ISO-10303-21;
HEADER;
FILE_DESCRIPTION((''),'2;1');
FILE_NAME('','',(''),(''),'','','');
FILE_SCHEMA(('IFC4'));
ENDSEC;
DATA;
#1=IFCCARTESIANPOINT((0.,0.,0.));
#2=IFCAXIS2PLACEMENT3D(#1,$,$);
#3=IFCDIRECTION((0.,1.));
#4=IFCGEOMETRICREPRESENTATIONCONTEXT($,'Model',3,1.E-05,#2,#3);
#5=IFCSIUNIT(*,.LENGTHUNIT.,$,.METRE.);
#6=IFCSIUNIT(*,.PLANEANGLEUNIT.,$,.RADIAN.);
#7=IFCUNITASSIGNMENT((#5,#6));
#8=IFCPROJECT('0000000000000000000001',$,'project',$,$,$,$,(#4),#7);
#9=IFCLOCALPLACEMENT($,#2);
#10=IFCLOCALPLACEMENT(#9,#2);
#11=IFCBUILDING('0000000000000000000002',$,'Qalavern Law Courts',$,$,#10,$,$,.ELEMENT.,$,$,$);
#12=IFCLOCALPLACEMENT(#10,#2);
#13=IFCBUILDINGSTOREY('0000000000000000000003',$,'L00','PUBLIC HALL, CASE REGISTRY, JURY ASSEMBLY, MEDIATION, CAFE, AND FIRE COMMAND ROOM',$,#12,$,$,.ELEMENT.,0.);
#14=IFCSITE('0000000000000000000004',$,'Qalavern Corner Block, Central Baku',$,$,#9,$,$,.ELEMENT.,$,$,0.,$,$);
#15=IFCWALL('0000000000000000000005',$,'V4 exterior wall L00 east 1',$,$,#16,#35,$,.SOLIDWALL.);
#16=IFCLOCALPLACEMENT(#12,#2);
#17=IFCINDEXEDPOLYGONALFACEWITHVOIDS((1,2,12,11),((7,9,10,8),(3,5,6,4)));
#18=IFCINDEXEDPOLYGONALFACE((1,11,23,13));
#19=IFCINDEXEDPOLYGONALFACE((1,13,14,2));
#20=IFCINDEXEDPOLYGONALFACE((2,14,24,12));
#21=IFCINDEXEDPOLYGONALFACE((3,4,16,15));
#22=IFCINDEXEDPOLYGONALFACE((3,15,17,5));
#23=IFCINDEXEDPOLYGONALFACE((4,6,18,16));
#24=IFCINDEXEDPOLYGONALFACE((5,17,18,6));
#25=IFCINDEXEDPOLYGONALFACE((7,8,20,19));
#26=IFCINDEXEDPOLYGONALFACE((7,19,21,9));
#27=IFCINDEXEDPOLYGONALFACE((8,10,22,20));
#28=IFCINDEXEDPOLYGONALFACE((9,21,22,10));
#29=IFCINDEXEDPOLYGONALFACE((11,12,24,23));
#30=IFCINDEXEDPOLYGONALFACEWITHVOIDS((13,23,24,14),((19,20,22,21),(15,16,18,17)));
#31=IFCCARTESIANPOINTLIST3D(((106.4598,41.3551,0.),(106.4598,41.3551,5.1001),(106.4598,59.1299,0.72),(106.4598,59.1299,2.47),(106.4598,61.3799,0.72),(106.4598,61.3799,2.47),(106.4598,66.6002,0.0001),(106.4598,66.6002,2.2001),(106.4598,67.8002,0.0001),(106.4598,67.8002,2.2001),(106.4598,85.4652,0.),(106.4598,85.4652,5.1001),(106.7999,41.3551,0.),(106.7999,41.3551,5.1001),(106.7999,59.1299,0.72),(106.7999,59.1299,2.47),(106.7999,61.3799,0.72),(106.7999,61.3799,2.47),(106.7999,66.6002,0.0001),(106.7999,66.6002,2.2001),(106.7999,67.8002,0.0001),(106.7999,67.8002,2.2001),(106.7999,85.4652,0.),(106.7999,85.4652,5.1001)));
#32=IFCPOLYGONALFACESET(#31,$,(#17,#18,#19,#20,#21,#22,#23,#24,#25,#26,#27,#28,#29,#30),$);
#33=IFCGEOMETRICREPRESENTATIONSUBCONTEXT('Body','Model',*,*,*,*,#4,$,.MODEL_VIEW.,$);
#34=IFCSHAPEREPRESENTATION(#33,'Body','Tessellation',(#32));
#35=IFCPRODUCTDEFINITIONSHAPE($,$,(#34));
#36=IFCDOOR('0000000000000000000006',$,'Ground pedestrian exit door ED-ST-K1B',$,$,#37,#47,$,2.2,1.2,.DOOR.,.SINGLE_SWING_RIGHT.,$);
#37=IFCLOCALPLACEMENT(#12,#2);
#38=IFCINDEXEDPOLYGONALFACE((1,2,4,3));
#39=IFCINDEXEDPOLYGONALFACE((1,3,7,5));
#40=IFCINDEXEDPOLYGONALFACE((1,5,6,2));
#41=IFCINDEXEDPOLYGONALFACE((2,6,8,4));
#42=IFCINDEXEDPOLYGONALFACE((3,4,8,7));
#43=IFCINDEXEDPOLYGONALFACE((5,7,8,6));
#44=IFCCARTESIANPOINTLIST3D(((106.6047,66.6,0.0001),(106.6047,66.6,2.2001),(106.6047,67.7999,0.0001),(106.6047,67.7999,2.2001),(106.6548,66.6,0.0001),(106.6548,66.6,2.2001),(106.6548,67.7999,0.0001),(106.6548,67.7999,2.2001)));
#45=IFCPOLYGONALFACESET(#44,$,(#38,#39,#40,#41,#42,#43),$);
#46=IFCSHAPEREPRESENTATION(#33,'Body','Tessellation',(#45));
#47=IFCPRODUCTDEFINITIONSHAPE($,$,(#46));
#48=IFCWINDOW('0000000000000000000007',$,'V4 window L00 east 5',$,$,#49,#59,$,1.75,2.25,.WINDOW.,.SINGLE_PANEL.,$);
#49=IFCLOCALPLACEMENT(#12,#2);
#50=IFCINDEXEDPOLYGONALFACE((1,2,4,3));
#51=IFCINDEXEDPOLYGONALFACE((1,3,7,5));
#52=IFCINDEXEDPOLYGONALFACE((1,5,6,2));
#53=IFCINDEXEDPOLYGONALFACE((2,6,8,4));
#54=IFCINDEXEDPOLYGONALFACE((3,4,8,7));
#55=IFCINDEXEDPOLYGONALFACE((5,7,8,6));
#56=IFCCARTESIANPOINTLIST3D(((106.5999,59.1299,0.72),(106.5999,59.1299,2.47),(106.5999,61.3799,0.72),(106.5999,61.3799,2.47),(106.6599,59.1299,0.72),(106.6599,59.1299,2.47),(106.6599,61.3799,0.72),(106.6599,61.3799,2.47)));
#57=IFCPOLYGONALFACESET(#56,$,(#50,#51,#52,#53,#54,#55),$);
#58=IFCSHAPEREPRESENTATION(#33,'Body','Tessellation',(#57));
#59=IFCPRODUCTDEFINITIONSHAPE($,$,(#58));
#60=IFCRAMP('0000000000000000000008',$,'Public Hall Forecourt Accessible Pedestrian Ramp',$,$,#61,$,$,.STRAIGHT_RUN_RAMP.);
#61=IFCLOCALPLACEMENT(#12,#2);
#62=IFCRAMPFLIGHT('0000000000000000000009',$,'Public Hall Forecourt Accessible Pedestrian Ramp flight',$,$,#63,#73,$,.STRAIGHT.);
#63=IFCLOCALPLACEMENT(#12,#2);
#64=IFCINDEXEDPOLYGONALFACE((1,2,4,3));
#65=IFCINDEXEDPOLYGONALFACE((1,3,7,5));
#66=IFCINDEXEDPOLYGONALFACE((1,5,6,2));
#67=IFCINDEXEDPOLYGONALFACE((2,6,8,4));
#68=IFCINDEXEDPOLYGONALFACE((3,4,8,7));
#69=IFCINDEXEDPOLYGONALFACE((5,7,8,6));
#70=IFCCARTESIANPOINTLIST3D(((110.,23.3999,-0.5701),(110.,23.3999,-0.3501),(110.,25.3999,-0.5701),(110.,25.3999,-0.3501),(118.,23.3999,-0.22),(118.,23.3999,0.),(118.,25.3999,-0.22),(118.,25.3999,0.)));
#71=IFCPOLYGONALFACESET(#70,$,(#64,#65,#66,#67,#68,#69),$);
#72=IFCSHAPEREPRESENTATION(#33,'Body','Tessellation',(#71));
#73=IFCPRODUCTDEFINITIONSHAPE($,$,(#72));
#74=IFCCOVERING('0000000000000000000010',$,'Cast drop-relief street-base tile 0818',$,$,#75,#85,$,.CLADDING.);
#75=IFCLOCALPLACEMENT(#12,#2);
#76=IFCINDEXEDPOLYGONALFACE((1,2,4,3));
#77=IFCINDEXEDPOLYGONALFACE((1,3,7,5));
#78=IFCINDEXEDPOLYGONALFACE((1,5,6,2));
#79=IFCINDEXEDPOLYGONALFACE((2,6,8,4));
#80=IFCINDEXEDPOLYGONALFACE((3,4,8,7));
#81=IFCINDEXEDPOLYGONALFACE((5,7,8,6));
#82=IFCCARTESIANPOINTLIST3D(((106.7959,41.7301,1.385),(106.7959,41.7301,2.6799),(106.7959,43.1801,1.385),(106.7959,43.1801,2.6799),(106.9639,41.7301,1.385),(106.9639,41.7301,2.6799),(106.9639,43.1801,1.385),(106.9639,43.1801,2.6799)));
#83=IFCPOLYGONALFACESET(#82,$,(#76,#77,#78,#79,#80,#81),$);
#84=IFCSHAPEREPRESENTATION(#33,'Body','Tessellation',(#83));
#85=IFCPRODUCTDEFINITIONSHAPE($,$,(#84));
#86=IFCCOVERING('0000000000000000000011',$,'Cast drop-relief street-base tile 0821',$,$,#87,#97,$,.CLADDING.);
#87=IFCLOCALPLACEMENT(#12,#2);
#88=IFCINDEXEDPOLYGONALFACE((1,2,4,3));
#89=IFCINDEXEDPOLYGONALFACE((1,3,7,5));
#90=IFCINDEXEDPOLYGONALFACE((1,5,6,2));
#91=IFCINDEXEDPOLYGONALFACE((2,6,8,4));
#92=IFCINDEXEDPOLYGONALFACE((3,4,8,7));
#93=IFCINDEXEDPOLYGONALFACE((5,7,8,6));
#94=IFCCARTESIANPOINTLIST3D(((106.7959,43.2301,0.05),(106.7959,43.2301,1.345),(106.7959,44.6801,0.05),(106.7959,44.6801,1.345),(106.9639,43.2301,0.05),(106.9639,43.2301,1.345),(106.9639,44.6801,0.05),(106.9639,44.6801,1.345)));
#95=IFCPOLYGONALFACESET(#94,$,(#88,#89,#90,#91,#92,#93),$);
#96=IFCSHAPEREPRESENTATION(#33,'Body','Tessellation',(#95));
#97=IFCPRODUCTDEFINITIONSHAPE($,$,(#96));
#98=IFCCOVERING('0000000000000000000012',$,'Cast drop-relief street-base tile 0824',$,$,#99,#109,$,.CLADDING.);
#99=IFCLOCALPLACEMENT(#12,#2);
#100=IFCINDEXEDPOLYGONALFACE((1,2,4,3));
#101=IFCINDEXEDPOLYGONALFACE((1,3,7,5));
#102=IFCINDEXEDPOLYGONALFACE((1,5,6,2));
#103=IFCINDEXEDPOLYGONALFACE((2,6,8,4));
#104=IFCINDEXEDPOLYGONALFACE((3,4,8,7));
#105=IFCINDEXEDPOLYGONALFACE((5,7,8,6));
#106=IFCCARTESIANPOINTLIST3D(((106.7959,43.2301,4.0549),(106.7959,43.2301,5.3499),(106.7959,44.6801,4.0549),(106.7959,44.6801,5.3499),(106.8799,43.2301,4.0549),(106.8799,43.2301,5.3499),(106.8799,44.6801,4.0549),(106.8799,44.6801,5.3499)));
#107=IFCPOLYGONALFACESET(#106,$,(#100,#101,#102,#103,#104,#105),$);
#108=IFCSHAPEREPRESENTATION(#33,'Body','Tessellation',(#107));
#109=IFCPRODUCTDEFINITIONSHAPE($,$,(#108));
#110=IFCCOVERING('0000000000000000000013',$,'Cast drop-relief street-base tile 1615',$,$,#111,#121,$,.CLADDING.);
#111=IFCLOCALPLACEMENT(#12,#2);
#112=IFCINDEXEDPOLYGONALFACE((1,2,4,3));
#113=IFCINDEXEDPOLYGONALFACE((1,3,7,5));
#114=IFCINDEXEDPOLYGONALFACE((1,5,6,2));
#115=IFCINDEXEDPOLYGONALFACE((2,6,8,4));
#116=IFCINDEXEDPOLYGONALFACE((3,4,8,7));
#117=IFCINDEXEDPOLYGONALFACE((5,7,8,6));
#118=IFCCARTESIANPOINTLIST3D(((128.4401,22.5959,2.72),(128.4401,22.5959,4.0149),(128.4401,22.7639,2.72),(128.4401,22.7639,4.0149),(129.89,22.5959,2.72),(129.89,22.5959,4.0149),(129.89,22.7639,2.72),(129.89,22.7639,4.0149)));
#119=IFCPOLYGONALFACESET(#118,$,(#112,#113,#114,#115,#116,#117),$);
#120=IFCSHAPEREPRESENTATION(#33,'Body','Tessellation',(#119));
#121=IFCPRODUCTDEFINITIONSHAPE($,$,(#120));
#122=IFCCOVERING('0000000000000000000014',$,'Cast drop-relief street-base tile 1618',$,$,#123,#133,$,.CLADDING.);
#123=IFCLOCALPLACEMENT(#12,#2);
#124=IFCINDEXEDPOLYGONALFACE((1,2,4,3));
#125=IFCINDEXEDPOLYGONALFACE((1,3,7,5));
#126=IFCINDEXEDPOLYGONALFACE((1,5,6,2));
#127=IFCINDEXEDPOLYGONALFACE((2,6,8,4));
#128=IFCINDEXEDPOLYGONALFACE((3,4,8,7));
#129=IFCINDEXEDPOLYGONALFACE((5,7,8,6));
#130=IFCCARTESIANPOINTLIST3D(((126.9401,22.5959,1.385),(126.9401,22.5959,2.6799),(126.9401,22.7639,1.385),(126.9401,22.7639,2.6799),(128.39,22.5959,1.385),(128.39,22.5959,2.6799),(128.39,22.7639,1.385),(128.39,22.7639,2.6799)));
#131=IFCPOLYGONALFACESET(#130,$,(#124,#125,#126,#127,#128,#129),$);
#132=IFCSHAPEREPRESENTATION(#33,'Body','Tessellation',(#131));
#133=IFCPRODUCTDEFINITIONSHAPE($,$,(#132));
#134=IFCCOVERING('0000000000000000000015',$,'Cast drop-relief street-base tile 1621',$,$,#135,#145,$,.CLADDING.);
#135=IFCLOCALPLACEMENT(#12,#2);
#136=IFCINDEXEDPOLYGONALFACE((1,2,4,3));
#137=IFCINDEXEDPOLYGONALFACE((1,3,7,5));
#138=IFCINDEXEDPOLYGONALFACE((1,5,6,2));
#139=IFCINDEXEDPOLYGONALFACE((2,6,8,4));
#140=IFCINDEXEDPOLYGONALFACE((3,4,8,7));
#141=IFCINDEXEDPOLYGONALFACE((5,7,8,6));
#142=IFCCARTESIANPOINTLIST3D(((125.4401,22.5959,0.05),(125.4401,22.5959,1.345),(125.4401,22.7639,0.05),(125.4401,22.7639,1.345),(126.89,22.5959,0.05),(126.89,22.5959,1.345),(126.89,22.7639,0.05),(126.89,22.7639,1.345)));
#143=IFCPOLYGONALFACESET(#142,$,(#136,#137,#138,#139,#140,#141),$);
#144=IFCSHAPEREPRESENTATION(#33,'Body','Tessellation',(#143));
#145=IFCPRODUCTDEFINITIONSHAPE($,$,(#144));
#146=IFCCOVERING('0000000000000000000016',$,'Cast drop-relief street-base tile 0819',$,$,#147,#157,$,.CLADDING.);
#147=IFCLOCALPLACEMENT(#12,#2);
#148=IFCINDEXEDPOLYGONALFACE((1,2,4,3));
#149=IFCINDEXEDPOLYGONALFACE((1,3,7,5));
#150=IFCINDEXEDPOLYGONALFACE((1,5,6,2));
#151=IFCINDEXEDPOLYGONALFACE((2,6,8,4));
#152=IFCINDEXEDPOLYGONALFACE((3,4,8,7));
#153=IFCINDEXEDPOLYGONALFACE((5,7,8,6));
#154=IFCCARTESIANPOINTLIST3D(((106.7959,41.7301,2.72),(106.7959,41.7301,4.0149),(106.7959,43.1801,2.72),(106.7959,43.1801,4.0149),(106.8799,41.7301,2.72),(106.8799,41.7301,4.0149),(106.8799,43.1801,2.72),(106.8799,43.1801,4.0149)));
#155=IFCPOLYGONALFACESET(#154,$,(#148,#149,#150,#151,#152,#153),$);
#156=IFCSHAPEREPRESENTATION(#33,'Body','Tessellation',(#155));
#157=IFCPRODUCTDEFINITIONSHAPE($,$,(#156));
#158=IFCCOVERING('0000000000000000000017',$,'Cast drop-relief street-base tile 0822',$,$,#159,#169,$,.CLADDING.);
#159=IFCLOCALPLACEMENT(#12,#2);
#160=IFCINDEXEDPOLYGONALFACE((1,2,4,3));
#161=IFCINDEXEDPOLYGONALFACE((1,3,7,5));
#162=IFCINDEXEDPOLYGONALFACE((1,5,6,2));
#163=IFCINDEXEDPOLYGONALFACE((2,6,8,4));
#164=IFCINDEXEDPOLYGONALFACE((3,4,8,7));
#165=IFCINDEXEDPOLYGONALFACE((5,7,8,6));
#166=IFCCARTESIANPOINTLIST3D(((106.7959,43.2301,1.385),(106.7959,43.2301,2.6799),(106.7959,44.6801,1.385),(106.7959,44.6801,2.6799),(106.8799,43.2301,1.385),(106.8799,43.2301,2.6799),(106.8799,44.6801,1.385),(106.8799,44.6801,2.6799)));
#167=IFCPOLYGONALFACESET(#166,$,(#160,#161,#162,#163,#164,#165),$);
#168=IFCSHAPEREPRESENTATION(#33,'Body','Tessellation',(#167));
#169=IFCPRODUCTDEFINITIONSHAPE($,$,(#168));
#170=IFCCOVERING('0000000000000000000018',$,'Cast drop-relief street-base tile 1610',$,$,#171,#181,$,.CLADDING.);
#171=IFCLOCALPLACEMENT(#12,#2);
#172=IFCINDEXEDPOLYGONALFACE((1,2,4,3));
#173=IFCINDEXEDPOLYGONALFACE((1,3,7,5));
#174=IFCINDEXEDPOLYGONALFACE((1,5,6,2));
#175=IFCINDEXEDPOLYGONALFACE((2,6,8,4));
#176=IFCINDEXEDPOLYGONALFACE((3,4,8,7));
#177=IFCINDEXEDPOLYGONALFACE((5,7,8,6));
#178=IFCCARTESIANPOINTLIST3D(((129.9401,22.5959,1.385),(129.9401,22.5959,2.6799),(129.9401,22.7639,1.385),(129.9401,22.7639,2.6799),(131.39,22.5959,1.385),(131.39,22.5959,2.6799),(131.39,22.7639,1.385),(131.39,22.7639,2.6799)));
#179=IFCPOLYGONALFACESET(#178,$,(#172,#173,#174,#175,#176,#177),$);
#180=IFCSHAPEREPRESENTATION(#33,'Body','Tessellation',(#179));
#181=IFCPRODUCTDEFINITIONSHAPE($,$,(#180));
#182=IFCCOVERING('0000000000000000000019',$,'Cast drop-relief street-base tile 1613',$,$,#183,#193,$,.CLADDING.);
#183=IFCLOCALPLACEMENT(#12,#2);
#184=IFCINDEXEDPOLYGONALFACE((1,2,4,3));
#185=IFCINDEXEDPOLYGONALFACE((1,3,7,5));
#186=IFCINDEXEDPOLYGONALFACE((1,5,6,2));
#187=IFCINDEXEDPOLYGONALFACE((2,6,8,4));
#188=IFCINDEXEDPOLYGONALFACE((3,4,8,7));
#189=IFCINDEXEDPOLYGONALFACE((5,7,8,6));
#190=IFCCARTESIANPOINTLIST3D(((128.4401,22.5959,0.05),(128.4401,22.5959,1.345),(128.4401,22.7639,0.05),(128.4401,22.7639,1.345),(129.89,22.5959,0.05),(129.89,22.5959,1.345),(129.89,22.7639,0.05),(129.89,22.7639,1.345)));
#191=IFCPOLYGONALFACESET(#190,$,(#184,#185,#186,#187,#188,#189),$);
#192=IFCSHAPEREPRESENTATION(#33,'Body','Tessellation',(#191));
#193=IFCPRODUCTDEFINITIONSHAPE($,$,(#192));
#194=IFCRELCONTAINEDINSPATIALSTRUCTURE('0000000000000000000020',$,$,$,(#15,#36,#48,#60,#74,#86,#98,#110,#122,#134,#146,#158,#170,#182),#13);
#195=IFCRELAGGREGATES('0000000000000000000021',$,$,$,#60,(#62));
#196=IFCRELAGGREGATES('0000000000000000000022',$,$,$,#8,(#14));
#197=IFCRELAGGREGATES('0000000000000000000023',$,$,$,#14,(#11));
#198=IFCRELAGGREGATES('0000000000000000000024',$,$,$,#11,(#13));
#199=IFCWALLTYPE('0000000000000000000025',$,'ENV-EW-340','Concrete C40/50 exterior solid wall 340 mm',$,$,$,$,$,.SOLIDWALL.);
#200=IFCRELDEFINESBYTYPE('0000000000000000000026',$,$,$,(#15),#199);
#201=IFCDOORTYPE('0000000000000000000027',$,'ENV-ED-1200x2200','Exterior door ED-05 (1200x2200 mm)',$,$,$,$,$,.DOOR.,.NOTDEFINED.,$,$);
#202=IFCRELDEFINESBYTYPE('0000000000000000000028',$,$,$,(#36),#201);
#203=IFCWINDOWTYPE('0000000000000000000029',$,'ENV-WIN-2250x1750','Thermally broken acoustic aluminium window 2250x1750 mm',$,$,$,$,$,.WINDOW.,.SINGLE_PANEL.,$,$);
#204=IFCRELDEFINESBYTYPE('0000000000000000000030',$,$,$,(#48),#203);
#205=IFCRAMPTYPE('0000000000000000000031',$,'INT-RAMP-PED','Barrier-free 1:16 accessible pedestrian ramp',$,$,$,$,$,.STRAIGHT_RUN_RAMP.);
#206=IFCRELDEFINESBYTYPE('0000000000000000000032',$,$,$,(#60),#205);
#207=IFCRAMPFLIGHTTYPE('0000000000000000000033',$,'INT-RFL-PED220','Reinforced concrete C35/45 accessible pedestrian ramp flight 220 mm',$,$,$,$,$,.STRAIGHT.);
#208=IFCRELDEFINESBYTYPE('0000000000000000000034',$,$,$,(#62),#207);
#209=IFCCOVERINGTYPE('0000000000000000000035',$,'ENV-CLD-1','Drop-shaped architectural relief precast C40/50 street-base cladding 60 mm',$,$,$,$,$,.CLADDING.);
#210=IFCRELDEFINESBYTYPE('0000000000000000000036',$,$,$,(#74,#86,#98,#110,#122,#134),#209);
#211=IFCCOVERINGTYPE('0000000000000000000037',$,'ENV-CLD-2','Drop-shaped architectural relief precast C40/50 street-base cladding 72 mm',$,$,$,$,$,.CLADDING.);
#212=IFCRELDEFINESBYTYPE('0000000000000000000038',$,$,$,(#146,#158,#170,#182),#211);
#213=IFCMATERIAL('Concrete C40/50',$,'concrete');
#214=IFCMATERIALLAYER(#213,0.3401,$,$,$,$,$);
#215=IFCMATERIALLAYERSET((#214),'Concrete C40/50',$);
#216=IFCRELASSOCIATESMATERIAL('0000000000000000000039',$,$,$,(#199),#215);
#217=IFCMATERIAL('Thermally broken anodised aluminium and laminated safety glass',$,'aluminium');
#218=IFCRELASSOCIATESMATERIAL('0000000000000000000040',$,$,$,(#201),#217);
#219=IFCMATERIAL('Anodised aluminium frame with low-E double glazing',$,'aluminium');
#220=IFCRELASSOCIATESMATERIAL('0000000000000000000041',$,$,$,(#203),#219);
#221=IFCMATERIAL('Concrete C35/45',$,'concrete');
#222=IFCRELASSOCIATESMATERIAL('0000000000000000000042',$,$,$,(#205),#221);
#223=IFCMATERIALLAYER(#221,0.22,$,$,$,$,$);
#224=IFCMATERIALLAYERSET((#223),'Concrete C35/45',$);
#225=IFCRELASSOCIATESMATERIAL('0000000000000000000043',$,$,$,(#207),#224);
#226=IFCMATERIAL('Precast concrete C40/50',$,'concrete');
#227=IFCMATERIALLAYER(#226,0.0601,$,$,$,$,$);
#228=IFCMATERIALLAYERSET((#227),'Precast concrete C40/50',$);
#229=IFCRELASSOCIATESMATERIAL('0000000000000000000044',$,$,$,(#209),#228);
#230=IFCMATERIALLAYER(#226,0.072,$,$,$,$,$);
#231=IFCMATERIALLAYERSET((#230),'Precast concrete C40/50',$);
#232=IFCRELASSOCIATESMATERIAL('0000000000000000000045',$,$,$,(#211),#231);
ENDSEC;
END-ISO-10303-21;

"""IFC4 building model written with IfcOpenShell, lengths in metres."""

from ifc_helpers import new_model, si_unit, direction, frame, frame_2d, origin, origin_2d, place, context, subcontext, project, spatial, polyline, rectangle, outline, extrude, material, layer, layer_set, type_object, element, fill, aggregate, save


model = new_model("IFC4")

# Units and contexts
model_context = context("Model", 3, precision=1e-05, world=origin(), true_north=direction((0.0, 1.0)))
body_context = subcontext(model_context, "Body", "Model", "MODEL_VIEW")
ifc_project = project(units=[si_unit("LENGTHUNIT", "METRE"), si_unit("PLANEANGLEUNIT", "RADIAN")], contexts=[model_context])

# Site, building, storey
site_placement = place(None, origin())
site = spatial("IfcSite", under=ifc_project, at=site_placement, Name="Qalavern Corner Block, Central Baku", CompositionType="ELEMENT", RefElevation=0.0)
building_placement = place(site_placement, origin())
building = spatial("IfcBuilding", under=site, at=building_placement, Name="Qalavern Law Courts", CompositionType="ELEMENT")
storey_placement = place(building_placement, origin())
storey = spatial("IfcBuildingStorey", under=building, at=storey_placement, Name="L00", Description="PUBLIC HALL, CASE REGISTRY, JURY ASSEMBLY, MEDIATION, CAFE, AND FIRE COMMAND ROOM", CompositionType="ELEMENT", Elevation=0.0)

# Wall, openings, door, window
ifc_material_1 = material(Name="Concrete C40/50", Category="concrete")
ifc_layer_1 = layer(ifc_material_1, 0.3401)
ifc_layer_set_1 = layer_set([ifc_layer_1], Name="Concrete C40/50")
wall_type = type_object("IfcWallType", Name="ENV-EW-340", Description="Concrete C40/50 exterior solid wall 340 mm", PredefinedType="SOLIDWALL", material=ifc_layer_set_1)
wall_placement = place(storey_placement, frame((106.6299, 41.355, 0.0), z_axis=(0.0, 0.0, 1.0), x_axis=(0.0, 1.0, 0.0)))
wall = element("IfcWall", 1, at=wall_placement, inside=storey, type_object=wall_type, Name="V4 exterior wall L00 east 1", PredefinedType="SOLIDWALL", context=body_context, shape_type="SweptSolid", body=[
    extrude(rectangle(XDim=44.1101, YDim=0.3401, at=frame_2d((22.0552, 0.0))), origin(), (0.0, 0.0, 1.0), 5.1001),
])
opening_1_placement = place(wall_placement, frame((25.2451, 0.0, 0.0)))
opening_1 = element("IfcOpeningElement", 2, at=opening_1_placement, cuts=wall, PredefinedType="OPENING", context=body_context, shape_type="SweptSolid", body=[
    extrude(rectangle(XDim=1.2, YDim=2.2, at=frame_2d((0.6001, 1.1001))), frame((0.0, 0.1851, 0.0), z_axis=(0.0, -1.0, 0.0), x_axis=(1.0, 0.0, 0.0)), (0.0, 0.0, 1.0), 0.3699),
])
opening_2_placement = place(wall_placement, frame((17.7749, 0.0, 0.72)))
opening_2 = element("IfcOpeningElement", 3, at=opening_2_placement, cuts=wall, PredefinedType="OPENING", context=body_context, shape_type="SweptSolid", body=[
    extrude(rectangle(XDim=2.25, YDim=1.75, at=frame_2d((1.125, 0.875))), frame((0.0, 0.1851, 0.0), z_axis=(0.0, -1.0, 0.0), x_axis=(1.0, 0.0, 0.0)), (0.0, 0.0, 1.0), 0.3699),
])
ifc_material_2 = material(Name="Thermally broken anodised aluminium and laminated safety glass", Category="aluminium")
door_type = type_object("IfcDoorType", Name="ENV-ED-1200x2200", Description="Exterior door ED-05 (1200x2200 mm)", OperationType="NOTDEFINED", PredefinedType="DOOR", material=ifc_material_2)
door_placement = place(opening_1_placement, frame((1.2, 0.0, 0.0), z_axis=(0.0, 0.0, 1.0), x_axis=(-1.0, 0.0, 0.0)))
door = element("IfcDoor", 4, at=door_placement, inside=storey, type_object=door_type, Name="Ground pedestrian exit door ED-ST-K1B", OperationType="SINGLE_SWING_RIGHT", OverallHeight=2.2, OverallWidth=1.2, PredefinedType="DOOR", context=body_context, shape_type="SweptSolid", body=[
    extrude(rectangle(XDim=1.2, YDim=2.2, at=frame_2d((0.6001, 1.1001))), frame((0.0, 0.0249, 0.0), z_axis=(0.0, -1.0, 0.0), x_axis=(1.0, 0.0, 0.0)), (0.0, 0.0, 1.0), 0.05),
])
fill(opening_1, door)
ifc_material_3 = material(Name="Anodised aluminium frame with low-E double glazing", Category="aluminium")
window_type = type_object("IfcWindowType", Name="ENV-WIN-2250x1750", Description="Thermally broken acoustic aluminium window 2250x1750 mm", PartitioningType="SINGLE_PANEL", PredefinedType="WINDOW", material=ifc_material_3)
window_placement = place(opening_2_placement, origin())
window = element("IfcWindow", 5, at=window_placement, inside=storey, type_object=window_type, Name="V4 window L00 east 5", OverallHeight=1.75, OverallWidth=2.25, PartitioningType="SINGLE_PANEL", PredefinedType="WINDOW", context=body_context, shape_type="SweptSolid", body=[
    extrude(rectangle(XDim=2.25, YDim=1.75, at=frame_2d((1.125, 0.875))), frame((0.0, 0.03, 0.0), z_axis=(0.0, -1.0, 0.0), x_axis=(1.0, 0.0, 0.0)), (0.0, 0.0, 1.0), 0.0601),
])
fill(opening_2, window)

# Ramp, ramp flight
ifc_material_4 = material(Name="Concrete C35/45", Category="concrete")
ramp_type = type_object("IfcRampType", Name="INT-RAMP-PED", Description="Barrier-free 1:16 accessible pedestrian ramp", PredefinedType="STRAIGHT_RUN_RAMP", material=ifc_material_4)
ramp_placement = place(storey_placement, origin())
ramp = element("IfcRamp", 6, at=ramp_placement, inside=storey, type_object=ramp_type, Name="Public Hall Forecourt Accessible Pedestrian Ramp", PredefinedType="STRAIGHT_RUN_RAMP")
ifc_layer_2 = layer(ifc_material_4, 0.22)
ifc_layer_set_2 = layer_set([ifc_layer_2], Name="Concrete C35/45")
ramp_flight_type = type_object("IfcRampFlightType", Name="INT-RFL-PED220", Description="Reinforced concrete C35/45 accessible pedestrian ramp flight 220 mm", PredefinedType="STRAIGHT", material=ifc_layer_set_2)
ramp_flight_placement = place(storey_placement, frame((110.0, 24.3999, -0.3501), z_axis=(0.0, 0.0, 1.0), x_axis=(1.0, 0.0, 0.0)))
ramp_flight = element("IfcRampFlight", 7, at=ramp_flight_placement, type_object=ramp_flight_type, Name="Public Hall Forecourt Accessible Pedestrian Ramp flight", PredefinedType="STRAIGHT", context=body_context, shape_type="SweptSolid", body=[
    extrude(outline(polyline([(0.0, -0.22), (8.0, 0.1301), (8.0, 0.3501), (0.0, 0.0), (0.0, -0.22)])), frame((0.0, 1.0, 0.0), z_axis=(0.0, -1.0, 0.0), x_axis=(1.0, 0.0, 0.0)), (0.0, 0.0, 1.0), 2.0),
])
aggregate(ramp, [ramp_flight])

# Coverings
ifc_material_5 = material(Name="Precast concrete C40/50", Category="concrete")
ifc_layer_3 = layer(ifc_material_5, 0.0601)
ifc_layer_set_3 = layer_set([ifc_layer_3], Name="Precast concrete C40/50")
covering_type_1 = type_object("IfcCoveringType", Name="ENV-CLD-1", Description="Drop-shaped architectural relief precast C40/50 street-base cladding 60 mm", PredefinedType="CLADDING", material=ifc_layer_set_3)
for number, where, z_axis, x_axis, name in (
    (8, (106.8799, 42.4551, 1.385), (0.0, 0.0, 1.0), (0.0, 1.0, 0.0), "Cast drop-relief street-base tile 0818"),
    (9, (106.8799, 43.9551, 0.05), (0.0, 0.0, 1.0), (0.0, 1.0, 0.0), "Cast drop-relief street-base tile 0821"),
):
    element("IfcCovering", number, at=place(storey_placement, frame(where, z_axis=z_axis, x_axis=x_axis)), inside=storey, type_object=covering_type_1, Name=name, PredefinedType="CLADDING", context=body_context, shape_type="SweptSolid", body=[
        extrude(rectangle(XDim=1.45, YDim=0.168, at=origin_2d()), origin(), (0.0, 0.0, 1.0), 1.2949),
    ])
covering_1_placement = place(storey_placement, frame((106.8379, 43.9551, 4.0549), z_axis=(0.0, 0.0, 1.0), x_axis=(0.0, 1.0, 0.0)))
element("IfcCovering", 10, at=covering_1_placement, inside=storey, type_object=covering_type_1, Name="Cast drop-relief street-base tile 0824", PredefinedType="CLADDING", context=body_context, shape_type="SweptSolid", body=[
    extrude(rectangle(XDim=1.45, YDim=0.084, at=origin_2d()), origin(), (0.0, 0.0, 1.0), 1.2949),
])
for number, where, z_axis, x_axis, name in (
    (11, (129.165, 22.6799, 2.72), (0.0, 0.0, 1.0), (-1.0, 0.0, 0.0), "Cast drop-relief street-base tile 1615"),
    (12, (127.665, 22.6799, 1.385), (0.0, 0.0, 1.0), (-1.0, 0.0, 0.0), "Cast drop-relief street-base tile 1618"),
    (13, (126.165, 22.6799, 0.05), (0.0, 0.0, 1.0), (-1.0, 0.0, 0.0), "Cast drop-relief street-base tile 1621"),
):
    element("IfcCovering", number, at=place(storey_placement, frame(where, z_axis=z_axis, x_axis=x_axis)), inside=storey, type_object=covering_type_1, Name=name, PredefinedType="CLADDING", context=body_context, shape_type="SweptSolid", body=[
        extrude(rectangle(XDim=1.45, YDim=0.168, at=origin_2d()), origin(), (0.0, 0.0, 1.0), 1.2949),
    ])
ifc_layer_4 = layer(ifc_material_5, 0.072)
ifc_layer_set_4 = layer_set([ifc_layer_4], Name="Precast concrete C40/50")
covering_type_2 = type_object("IfcCoveringType", Name="ENV-CLD-2", Description="Drop-shaped architectural relief precast C40/50 street-base cladding 72 mm", PredefinedType="CLADDING", material=ifc_layer_set_4)
for number, where, z_axis, x_axis, name in (
    (14, (106.8379, 42.4551, 2.72), (0.0, 0.0, 1.0), (0.0, 1.0, 0.0), "Cast drop-relief street-base tile 0819"),
    (15, (106.8379, 43.9551, 1.385), (0.0, 0.0, 1.0), (0.0, 1.0, 0.0), "Cast drop-relief street-base tile 0822"),
):
    element("IfcCovering", number, at=place(storey_placement, frame(where, z_axis=z_axis, x_axis=x_axis)), inside=storey, type_object=covering_type_2, Name=name, PredefinedType="CLADDING", context=body_context, shape_type="SweptSolid", body=[
        extrude(rectangle(XDim=1.45, YDim=0.084, at=origin_2d()), origin(), (0.0, 0.0, 1.0), 1.2949),
    ])
for number, where, z_axis, x_axis, name in (
    (16, (130.665, 22.6799, 1.385), (0.0, 0.0, 1.0), (-1.0, 0.0, 0.0), "Cast drop-relief street-base tile 1610"),
    (17, (129.165, 22.6799, 0.05), (0.0, 0.0, 1.0), (-1.0, 0.0, 0.0), "Cast drop-relief street-base tile 1613"),
):
    element("IfcCovering", number, at=place(storey_placement, frame(where, z_axis=z_axis, x_axis=x_axis)), inside=storey, type_object=covering_type_2, Name=name, PredefinedType="CLADDING", context=body_context, shape_type="SweptSolid", body=[
        extrude(rectangle(XDim=1.45, YDim=0.168, at=origin_2d()), origin(), (0.0, 0.0, 1.0), 1.2949),
    ])

save(model, "model.ifc")
